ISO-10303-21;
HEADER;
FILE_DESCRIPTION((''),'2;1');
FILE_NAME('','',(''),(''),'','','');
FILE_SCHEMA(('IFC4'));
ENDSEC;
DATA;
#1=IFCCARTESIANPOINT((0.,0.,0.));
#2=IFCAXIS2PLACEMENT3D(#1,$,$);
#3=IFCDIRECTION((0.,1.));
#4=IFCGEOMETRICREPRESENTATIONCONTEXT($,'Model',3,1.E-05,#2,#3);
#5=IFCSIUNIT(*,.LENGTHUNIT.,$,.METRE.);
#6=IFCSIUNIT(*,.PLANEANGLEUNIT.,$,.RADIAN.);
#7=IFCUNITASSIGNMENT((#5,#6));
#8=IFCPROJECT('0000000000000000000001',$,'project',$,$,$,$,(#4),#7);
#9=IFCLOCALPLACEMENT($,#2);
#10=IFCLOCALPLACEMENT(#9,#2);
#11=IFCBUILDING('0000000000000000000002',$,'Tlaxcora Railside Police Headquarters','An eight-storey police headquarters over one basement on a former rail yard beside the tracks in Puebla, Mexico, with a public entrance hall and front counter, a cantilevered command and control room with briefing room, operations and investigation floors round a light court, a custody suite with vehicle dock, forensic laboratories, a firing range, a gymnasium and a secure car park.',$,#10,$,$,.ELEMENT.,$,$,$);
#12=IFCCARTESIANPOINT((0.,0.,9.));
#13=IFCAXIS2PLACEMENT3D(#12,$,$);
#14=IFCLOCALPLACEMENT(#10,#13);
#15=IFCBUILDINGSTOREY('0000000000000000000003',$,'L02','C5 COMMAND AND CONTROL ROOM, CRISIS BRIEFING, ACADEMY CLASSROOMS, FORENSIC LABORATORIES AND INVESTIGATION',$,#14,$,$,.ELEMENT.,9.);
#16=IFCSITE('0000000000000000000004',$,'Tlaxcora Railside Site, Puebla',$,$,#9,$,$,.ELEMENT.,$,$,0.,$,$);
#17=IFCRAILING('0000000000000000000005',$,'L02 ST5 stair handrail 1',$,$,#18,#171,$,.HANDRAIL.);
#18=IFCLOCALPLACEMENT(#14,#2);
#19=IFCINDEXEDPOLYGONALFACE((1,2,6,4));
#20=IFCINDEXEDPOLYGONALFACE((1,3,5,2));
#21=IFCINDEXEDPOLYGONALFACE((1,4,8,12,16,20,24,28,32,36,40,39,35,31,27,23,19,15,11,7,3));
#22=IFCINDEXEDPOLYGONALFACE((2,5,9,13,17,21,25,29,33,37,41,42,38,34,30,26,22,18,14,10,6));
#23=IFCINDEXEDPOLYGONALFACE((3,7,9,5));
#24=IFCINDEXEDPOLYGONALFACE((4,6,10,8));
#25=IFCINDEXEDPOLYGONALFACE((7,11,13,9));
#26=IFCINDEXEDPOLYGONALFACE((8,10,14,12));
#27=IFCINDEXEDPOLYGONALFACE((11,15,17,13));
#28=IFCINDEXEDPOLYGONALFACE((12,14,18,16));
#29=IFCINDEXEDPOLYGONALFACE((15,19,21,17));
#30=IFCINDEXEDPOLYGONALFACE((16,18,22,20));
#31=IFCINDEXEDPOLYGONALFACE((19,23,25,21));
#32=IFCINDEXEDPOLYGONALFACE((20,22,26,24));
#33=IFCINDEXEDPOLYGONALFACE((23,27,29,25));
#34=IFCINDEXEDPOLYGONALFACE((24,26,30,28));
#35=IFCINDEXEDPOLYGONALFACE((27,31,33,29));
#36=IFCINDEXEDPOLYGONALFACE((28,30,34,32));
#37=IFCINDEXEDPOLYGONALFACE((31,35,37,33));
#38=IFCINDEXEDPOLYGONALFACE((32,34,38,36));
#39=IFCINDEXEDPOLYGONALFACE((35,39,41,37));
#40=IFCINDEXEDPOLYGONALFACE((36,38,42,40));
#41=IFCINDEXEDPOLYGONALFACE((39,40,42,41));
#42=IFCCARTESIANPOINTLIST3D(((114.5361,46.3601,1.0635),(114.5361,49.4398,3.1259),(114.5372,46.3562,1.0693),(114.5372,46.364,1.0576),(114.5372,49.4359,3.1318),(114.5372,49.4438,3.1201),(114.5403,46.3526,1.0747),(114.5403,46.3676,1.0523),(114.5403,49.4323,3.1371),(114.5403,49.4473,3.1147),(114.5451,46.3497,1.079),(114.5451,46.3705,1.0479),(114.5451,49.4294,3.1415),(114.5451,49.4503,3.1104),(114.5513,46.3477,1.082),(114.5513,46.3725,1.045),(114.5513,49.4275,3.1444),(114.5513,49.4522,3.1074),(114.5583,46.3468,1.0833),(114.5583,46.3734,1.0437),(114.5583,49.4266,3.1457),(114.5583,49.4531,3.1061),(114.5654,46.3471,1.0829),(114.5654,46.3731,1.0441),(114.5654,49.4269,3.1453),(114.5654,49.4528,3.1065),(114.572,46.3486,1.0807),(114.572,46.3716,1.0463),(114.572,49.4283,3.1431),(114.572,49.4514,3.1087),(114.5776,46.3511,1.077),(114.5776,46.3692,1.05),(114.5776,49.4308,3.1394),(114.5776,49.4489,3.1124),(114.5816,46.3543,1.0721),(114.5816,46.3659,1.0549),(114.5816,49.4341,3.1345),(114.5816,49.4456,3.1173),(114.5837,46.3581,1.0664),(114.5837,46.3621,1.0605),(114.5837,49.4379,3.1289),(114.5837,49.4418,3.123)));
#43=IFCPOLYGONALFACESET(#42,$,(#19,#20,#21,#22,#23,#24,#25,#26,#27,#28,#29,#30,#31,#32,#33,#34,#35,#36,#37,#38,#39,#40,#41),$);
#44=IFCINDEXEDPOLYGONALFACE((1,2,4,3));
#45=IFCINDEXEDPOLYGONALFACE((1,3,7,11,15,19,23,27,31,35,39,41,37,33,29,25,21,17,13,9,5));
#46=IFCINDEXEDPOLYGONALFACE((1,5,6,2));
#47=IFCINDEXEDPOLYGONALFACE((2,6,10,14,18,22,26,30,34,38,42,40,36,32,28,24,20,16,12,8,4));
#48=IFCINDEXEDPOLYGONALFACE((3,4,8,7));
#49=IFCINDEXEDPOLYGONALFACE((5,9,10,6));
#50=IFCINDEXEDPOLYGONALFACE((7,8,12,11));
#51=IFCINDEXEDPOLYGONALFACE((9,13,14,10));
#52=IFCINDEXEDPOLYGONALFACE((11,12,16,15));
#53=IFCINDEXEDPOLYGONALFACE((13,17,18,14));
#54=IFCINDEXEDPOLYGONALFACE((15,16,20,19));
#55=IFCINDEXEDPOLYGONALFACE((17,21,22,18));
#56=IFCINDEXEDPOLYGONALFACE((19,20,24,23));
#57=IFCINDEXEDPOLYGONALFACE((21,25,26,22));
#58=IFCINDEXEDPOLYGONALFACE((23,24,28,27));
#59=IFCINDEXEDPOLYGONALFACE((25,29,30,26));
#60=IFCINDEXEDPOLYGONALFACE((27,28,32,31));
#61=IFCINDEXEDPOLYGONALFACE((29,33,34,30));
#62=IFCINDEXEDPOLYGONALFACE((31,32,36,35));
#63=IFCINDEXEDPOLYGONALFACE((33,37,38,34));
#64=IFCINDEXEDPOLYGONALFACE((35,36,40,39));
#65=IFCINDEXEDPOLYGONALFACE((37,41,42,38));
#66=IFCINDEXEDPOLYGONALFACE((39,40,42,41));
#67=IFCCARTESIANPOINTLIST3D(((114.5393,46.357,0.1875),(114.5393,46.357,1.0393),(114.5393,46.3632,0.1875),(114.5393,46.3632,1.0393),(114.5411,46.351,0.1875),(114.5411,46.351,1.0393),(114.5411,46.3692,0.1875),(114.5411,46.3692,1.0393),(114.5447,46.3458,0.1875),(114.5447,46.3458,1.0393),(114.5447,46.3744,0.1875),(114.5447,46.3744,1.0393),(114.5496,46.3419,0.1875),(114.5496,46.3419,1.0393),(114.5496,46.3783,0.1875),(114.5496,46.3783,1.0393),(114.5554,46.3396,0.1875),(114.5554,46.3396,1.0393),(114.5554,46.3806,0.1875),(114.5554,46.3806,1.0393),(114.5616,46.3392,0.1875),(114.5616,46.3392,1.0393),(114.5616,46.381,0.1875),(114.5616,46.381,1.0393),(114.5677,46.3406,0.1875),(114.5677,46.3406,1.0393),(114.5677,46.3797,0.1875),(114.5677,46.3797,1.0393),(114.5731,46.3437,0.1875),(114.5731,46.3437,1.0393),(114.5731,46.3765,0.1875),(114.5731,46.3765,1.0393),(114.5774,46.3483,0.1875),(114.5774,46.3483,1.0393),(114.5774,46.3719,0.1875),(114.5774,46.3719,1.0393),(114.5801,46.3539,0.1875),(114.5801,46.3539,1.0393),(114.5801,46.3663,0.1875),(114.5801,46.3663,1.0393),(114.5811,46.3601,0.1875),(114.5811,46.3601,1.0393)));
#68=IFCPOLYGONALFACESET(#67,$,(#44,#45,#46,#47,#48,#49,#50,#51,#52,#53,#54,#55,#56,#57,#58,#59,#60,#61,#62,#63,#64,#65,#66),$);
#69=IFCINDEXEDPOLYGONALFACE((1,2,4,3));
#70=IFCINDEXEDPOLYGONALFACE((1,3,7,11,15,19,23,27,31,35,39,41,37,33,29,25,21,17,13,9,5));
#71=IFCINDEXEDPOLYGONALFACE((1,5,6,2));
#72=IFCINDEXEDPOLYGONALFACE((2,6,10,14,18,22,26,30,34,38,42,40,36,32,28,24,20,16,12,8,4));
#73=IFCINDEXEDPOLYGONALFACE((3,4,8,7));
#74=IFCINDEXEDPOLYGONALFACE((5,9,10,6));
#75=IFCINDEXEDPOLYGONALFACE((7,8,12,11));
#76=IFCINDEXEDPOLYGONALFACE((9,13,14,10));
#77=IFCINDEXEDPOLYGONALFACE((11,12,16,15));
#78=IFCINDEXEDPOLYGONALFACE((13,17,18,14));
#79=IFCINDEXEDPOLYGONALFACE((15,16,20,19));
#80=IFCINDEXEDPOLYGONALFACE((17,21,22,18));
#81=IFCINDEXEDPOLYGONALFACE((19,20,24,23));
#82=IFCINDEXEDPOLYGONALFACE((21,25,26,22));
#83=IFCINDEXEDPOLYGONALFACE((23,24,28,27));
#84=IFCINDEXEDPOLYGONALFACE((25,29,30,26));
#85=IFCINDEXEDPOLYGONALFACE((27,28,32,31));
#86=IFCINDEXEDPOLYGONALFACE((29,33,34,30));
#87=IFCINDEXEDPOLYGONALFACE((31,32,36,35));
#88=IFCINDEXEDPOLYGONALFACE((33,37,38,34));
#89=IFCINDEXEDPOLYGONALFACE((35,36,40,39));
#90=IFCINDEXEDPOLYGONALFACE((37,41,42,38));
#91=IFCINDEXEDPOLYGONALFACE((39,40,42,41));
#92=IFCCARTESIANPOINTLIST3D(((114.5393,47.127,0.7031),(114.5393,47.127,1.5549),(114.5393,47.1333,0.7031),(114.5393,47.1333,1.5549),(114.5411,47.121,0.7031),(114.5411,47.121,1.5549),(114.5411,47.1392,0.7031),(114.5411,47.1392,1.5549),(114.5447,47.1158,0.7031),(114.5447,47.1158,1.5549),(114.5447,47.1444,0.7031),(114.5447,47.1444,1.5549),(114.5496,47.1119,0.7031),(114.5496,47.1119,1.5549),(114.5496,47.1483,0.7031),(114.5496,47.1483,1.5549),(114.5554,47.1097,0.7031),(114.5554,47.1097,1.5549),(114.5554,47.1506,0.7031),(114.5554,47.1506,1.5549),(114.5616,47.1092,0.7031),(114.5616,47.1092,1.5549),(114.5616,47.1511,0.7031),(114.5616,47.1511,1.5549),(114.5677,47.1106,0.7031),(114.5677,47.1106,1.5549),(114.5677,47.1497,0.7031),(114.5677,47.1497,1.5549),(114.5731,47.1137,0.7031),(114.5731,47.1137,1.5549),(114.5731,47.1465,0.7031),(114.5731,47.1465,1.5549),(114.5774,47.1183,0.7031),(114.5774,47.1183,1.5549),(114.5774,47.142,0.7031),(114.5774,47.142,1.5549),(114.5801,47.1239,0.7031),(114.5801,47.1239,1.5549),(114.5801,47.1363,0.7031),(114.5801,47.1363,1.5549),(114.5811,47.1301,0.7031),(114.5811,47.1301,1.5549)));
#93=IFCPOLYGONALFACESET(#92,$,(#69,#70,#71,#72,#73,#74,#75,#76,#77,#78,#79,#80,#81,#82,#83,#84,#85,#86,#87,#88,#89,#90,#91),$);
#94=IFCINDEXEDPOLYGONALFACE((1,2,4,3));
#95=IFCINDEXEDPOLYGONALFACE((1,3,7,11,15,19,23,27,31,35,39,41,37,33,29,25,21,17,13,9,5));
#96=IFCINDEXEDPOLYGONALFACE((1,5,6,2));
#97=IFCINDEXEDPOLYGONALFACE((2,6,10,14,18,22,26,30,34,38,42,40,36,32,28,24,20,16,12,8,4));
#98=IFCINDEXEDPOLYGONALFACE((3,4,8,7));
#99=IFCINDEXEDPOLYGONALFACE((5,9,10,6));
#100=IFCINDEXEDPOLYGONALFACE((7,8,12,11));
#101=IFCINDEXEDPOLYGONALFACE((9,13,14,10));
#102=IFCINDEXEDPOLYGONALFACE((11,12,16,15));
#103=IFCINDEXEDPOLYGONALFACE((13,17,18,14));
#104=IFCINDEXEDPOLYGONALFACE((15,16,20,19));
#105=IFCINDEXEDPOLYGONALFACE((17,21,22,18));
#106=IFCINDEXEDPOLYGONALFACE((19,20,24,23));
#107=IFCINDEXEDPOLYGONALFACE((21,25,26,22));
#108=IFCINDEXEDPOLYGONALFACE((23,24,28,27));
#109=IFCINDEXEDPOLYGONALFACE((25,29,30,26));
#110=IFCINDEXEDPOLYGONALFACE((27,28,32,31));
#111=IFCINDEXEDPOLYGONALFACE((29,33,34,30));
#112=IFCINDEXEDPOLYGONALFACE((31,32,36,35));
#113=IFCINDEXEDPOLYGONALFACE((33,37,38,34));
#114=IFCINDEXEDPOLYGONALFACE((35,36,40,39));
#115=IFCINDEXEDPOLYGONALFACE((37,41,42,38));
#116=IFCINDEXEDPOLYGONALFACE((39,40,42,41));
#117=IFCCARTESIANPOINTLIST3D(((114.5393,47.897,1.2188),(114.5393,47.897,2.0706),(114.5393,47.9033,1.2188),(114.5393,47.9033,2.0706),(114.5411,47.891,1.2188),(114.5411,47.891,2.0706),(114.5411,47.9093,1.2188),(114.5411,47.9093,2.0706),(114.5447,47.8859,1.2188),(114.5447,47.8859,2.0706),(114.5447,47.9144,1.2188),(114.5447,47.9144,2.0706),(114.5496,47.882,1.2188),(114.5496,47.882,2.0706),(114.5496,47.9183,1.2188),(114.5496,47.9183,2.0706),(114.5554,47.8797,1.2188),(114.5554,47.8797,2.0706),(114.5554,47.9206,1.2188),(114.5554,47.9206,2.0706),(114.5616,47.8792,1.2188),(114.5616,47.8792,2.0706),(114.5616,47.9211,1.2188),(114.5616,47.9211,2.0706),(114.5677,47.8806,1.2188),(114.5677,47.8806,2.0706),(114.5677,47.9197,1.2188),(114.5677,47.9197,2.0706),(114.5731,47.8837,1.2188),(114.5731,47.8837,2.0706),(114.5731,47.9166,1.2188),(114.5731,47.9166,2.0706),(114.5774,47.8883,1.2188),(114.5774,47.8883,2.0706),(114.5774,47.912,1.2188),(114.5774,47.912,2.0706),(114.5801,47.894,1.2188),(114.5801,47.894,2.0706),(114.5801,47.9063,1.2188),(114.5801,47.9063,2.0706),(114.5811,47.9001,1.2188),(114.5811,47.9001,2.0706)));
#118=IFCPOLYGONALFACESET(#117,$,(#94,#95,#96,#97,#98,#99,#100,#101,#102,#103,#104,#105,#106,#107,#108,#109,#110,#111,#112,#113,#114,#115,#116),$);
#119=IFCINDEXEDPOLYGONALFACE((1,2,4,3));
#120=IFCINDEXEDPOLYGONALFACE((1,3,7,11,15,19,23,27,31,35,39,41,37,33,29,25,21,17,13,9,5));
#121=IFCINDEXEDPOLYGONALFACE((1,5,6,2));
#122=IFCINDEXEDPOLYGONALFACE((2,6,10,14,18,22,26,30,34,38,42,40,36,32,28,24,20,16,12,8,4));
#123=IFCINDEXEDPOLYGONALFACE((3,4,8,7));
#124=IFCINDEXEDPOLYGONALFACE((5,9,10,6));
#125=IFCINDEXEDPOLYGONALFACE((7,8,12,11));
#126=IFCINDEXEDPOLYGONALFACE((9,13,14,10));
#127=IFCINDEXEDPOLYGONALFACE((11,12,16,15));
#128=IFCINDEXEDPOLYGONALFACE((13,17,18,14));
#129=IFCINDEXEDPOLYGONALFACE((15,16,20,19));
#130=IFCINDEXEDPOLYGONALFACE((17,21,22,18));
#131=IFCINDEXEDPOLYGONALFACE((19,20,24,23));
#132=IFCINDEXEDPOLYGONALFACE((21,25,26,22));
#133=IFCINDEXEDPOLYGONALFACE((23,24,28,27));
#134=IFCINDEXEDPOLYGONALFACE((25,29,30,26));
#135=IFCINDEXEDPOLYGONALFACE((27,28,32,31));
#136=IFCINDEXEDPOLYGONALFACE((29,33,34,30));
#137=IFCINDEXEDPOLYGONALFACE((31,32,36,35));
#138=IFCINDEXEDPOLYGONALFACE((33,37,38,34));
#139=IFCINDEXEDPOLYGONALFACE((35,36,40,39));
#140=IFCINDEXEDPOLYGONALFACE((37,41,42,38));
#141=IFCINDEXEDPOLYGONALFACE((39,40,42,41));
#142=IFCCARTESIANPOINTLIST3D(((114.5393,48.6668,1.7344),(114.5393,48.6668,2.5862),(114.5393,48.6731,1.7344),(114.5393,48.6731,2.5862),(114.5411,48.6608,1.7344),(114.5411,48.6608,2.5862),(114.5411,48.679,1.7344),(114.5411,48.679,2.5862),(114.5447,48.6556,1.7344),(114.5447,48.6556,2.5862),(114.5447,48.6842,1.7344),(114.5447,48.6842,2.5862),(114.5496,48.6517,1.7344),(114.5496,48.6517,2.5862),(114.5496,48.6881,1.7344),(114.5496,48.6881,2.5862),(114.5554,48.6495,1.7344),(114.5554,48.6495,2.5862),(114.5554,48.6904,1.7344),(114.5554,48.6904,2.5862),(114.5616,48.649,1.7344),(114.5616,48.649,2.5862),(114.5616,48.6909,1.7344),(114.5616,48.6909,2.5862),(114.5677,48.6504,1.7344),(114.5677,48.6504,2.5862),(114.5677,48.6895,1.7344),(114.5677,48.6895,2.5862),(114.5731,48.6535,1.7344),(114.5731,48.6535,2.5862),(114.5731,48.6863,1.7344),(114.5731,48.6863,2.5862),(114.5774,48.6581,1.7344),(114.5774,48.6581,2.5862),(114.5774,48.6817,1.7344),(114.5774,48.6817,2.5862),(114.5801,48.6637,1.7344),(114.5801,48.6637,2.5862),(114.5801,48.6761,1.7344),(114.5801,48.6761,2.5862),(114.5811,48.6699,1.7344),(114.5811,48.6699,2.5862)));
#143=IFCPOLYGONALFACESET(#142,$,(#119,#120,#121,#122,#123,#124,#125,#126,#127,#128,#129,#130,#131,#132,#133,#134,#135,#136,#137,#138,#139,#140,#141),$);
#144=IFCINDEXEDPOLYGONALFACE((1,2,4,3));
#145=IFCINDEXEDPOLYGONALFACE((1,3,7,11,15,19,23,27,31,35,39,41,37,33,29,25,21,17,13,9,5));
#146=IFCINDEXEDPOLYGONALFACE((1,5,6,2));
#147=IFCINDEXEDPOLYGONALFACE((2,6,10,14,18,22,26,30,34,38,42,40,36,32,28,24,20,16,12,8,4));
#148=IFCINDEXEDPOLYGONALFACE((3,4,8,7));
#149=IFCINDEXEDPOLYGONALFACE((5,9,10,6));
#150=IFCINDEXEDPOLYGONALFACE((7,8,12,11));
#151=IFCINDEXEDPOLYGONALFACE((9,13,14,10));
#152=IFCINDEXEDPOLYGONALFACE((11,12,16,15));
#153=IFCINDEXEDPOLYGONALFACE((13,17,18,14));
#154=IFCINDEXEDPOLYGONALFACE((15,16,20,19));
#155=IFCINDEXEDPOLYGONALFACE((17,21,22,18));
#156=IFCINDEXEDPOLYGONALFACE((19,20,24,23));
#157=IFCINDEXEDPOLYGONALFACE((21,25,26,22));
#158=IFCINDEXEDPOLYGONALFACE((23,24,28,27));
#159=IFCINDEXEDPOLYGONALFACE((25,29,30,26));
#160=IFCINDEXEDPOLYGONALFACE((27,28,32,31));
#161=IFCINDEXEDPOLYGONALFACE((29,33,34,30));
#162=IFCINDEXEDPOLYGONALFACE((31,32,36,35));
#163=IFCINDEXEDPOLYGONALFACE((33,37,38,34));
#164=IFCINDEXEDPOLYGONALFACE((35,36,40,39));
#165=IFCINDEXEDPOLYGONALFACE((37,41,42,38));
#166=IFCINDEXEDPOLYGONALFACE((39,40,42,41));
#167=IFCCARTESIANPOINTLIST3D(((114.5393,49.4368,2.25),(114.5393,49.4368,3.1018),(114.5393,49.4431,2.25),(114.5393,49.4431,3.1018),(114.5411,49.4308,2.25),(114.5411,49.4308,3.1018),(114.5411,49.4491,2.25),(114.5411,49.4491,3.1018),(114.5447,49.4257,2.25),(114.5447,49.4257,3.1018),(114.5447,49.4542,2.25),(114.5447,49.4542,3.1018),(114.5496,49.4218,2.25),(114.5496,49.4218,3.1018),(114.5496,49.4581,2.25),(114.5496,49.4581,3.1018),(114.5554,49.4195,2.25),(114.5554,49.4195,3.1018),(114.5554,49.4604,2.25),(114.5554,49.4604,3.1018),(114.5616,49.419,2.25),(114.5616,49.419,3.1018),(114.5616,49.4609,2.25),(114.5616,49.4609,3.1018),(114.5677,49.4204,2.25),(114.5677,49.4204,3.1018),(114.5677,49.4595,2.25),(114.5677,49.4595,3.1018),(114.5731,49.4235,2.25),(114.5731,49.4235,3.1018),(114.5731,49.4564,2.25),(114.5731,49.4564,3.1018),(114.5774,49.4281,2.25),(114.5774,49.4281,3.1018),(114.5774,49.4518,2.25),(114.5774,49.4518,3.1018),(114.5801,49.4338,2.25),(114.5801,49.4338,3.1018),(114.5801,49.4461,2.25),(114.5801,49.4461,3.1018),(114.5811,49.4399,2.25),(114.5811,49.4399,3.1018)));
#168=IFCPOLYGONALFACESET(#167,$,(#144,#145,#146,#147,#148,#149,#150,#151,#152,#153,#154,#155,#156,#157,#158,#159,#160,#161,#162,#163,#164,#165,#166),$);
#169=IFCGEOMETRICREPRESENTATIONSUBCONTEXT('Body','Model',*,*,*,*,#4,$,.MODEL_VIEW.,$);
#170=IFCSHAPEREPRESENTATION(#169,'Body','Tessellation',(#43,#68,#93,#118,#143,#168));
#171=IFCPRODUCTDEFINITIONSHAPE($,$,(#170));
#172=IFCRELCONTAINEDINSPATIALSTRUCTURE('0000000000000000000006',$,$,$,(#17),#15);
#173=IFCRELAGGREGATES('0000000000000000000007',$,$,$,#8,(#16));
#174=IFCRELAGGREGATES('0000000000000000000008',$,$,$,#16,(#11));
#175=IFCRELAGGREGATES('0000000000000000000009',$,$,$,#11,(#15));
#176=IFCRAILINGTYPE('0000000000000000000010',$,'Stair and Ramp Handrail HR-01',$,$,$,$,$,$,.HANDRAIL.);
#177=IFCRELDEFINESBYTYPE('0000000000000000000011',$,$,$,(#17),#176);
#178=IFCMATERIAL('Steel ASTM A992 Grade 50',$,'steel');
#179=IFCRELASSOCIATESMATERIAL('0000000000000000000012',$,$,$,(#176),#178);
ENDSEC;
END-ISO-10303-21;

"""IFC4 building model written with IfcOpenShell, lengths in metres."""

from ifc_helpers import new_model, si_unit, direction, frame, origin, origin_2d, place, context, subcontext, project, spatial, circle, extrude, material, type_object, element, save


model = new_model("IFC4")

# Units and contexts
model_context = context("Model", 3, precision=1e-05, world=origin(), true_north=direction((0.0, 1.0)))
body_context = subcontext(model_context, "Body", "Model", "MODEL_VIEW")
ifc_project = project(units=[si_unit("LENGTHUNIT", "METRE"), si_unit("PLANEANGLEUNIT", "RADIAN")], contexts=[model_context])

# Site, building, storey
site_placement = place(None, origin())
site = spatial("IfcSite", under=ifc_project, at=site_placement, Name="Tlaxcora Railside Site, Puebla", CompositionType="ELEMENT", RefElevation=0.0)
building_placement = place(site_placement, origin())
building = spatial("IfcBuilding", under=site, at=building_placement, Name="Tlaxcora Railside Police Headquarters", Description="An eight-storey police headquarters over one basement on a former rail yard beside the tracks in Puebla, Mexico, with a public entrance hall and front counter, a cantilevered command and control room with briefing room, operations and investigation floors round a light court, a custody suite with vehicle dock, forensic laboratories, a firing range, a gymnasium and a secure car park.", CompositionType="ELEMENT")
storey_placement = place(building_placement, frame((0.0, 0.0, 9.0)))
storey = spatial("IfcBuildingStorey", under=building, at=storey_placement, Name="L02", Description="C5 COMMAND AND CONTROL ROOM, CRISIS BRIEFING, ACADEMY CLASSROOMS, FORENSIC LABORATORIES AND INVESTIGATION", CompositionType="ELEMENT", Elevation=9.0)

# Shared definitions
ifc_material_1 = material(Name="Steel ASTM A992 Grade 50", Category="steel")

# Railing
railing_type_1 = type_object("IfcRailingType", Name="Stair and Ramp Handrail HR-01", PredefinedType="HANDRAIL", material=ifc_material_1)
railing_1_placement = place(storey_placement, frame((114.5601, 46.3601, 0.1875)))
element("IfcRailing", 1, at=railing_1_placement, inside=storey, type_object=railing_type_1, Name="L02 ST5 stair handrail 1", PredefinedType="HANDRAIL", context=body_context, shape_type="SweptSolid", body=[
    extrude(circle(Radius=0.0239, at=origin_2d()), frame((0.0, 0.0, 0.876), z_axis=(0.0, 0.830893, 0.556432), x_axis=(-1.0, 0.0, 0.0)), (0.0, 0.0, 1.0), 3.7065),
    extrude(circle(Radius=0.021, at=origin_2d()), origin(), (0.0, 0.0, 1.0), 0.8518),
    extrude(circle(Radius=0.021, at=origin_2d()), frame((0.0, 0.77, 0.5156)), (0.0, 0.0, 1.0), 0.8518),
    extrude(circle(Radius=0.021, at=origin_2d()), frame((0.0, 1.54, 1.0312)), (0.0, 0.0, 1.0), 0.8518),
    extrude(circle(Radius=0.021, at=origin_2d()), frame((0.0, 2.3098, 1.5469)), (0.0, 0.0, 1.0), 0.8518),
    extrude(circle(Radius=0.021, at=origin_2d()), frame((0.0, 3.0798, 2.0625)), (0.0, 0.0, 1.0), 0.8518),
])

save(model, "model.ifc")
